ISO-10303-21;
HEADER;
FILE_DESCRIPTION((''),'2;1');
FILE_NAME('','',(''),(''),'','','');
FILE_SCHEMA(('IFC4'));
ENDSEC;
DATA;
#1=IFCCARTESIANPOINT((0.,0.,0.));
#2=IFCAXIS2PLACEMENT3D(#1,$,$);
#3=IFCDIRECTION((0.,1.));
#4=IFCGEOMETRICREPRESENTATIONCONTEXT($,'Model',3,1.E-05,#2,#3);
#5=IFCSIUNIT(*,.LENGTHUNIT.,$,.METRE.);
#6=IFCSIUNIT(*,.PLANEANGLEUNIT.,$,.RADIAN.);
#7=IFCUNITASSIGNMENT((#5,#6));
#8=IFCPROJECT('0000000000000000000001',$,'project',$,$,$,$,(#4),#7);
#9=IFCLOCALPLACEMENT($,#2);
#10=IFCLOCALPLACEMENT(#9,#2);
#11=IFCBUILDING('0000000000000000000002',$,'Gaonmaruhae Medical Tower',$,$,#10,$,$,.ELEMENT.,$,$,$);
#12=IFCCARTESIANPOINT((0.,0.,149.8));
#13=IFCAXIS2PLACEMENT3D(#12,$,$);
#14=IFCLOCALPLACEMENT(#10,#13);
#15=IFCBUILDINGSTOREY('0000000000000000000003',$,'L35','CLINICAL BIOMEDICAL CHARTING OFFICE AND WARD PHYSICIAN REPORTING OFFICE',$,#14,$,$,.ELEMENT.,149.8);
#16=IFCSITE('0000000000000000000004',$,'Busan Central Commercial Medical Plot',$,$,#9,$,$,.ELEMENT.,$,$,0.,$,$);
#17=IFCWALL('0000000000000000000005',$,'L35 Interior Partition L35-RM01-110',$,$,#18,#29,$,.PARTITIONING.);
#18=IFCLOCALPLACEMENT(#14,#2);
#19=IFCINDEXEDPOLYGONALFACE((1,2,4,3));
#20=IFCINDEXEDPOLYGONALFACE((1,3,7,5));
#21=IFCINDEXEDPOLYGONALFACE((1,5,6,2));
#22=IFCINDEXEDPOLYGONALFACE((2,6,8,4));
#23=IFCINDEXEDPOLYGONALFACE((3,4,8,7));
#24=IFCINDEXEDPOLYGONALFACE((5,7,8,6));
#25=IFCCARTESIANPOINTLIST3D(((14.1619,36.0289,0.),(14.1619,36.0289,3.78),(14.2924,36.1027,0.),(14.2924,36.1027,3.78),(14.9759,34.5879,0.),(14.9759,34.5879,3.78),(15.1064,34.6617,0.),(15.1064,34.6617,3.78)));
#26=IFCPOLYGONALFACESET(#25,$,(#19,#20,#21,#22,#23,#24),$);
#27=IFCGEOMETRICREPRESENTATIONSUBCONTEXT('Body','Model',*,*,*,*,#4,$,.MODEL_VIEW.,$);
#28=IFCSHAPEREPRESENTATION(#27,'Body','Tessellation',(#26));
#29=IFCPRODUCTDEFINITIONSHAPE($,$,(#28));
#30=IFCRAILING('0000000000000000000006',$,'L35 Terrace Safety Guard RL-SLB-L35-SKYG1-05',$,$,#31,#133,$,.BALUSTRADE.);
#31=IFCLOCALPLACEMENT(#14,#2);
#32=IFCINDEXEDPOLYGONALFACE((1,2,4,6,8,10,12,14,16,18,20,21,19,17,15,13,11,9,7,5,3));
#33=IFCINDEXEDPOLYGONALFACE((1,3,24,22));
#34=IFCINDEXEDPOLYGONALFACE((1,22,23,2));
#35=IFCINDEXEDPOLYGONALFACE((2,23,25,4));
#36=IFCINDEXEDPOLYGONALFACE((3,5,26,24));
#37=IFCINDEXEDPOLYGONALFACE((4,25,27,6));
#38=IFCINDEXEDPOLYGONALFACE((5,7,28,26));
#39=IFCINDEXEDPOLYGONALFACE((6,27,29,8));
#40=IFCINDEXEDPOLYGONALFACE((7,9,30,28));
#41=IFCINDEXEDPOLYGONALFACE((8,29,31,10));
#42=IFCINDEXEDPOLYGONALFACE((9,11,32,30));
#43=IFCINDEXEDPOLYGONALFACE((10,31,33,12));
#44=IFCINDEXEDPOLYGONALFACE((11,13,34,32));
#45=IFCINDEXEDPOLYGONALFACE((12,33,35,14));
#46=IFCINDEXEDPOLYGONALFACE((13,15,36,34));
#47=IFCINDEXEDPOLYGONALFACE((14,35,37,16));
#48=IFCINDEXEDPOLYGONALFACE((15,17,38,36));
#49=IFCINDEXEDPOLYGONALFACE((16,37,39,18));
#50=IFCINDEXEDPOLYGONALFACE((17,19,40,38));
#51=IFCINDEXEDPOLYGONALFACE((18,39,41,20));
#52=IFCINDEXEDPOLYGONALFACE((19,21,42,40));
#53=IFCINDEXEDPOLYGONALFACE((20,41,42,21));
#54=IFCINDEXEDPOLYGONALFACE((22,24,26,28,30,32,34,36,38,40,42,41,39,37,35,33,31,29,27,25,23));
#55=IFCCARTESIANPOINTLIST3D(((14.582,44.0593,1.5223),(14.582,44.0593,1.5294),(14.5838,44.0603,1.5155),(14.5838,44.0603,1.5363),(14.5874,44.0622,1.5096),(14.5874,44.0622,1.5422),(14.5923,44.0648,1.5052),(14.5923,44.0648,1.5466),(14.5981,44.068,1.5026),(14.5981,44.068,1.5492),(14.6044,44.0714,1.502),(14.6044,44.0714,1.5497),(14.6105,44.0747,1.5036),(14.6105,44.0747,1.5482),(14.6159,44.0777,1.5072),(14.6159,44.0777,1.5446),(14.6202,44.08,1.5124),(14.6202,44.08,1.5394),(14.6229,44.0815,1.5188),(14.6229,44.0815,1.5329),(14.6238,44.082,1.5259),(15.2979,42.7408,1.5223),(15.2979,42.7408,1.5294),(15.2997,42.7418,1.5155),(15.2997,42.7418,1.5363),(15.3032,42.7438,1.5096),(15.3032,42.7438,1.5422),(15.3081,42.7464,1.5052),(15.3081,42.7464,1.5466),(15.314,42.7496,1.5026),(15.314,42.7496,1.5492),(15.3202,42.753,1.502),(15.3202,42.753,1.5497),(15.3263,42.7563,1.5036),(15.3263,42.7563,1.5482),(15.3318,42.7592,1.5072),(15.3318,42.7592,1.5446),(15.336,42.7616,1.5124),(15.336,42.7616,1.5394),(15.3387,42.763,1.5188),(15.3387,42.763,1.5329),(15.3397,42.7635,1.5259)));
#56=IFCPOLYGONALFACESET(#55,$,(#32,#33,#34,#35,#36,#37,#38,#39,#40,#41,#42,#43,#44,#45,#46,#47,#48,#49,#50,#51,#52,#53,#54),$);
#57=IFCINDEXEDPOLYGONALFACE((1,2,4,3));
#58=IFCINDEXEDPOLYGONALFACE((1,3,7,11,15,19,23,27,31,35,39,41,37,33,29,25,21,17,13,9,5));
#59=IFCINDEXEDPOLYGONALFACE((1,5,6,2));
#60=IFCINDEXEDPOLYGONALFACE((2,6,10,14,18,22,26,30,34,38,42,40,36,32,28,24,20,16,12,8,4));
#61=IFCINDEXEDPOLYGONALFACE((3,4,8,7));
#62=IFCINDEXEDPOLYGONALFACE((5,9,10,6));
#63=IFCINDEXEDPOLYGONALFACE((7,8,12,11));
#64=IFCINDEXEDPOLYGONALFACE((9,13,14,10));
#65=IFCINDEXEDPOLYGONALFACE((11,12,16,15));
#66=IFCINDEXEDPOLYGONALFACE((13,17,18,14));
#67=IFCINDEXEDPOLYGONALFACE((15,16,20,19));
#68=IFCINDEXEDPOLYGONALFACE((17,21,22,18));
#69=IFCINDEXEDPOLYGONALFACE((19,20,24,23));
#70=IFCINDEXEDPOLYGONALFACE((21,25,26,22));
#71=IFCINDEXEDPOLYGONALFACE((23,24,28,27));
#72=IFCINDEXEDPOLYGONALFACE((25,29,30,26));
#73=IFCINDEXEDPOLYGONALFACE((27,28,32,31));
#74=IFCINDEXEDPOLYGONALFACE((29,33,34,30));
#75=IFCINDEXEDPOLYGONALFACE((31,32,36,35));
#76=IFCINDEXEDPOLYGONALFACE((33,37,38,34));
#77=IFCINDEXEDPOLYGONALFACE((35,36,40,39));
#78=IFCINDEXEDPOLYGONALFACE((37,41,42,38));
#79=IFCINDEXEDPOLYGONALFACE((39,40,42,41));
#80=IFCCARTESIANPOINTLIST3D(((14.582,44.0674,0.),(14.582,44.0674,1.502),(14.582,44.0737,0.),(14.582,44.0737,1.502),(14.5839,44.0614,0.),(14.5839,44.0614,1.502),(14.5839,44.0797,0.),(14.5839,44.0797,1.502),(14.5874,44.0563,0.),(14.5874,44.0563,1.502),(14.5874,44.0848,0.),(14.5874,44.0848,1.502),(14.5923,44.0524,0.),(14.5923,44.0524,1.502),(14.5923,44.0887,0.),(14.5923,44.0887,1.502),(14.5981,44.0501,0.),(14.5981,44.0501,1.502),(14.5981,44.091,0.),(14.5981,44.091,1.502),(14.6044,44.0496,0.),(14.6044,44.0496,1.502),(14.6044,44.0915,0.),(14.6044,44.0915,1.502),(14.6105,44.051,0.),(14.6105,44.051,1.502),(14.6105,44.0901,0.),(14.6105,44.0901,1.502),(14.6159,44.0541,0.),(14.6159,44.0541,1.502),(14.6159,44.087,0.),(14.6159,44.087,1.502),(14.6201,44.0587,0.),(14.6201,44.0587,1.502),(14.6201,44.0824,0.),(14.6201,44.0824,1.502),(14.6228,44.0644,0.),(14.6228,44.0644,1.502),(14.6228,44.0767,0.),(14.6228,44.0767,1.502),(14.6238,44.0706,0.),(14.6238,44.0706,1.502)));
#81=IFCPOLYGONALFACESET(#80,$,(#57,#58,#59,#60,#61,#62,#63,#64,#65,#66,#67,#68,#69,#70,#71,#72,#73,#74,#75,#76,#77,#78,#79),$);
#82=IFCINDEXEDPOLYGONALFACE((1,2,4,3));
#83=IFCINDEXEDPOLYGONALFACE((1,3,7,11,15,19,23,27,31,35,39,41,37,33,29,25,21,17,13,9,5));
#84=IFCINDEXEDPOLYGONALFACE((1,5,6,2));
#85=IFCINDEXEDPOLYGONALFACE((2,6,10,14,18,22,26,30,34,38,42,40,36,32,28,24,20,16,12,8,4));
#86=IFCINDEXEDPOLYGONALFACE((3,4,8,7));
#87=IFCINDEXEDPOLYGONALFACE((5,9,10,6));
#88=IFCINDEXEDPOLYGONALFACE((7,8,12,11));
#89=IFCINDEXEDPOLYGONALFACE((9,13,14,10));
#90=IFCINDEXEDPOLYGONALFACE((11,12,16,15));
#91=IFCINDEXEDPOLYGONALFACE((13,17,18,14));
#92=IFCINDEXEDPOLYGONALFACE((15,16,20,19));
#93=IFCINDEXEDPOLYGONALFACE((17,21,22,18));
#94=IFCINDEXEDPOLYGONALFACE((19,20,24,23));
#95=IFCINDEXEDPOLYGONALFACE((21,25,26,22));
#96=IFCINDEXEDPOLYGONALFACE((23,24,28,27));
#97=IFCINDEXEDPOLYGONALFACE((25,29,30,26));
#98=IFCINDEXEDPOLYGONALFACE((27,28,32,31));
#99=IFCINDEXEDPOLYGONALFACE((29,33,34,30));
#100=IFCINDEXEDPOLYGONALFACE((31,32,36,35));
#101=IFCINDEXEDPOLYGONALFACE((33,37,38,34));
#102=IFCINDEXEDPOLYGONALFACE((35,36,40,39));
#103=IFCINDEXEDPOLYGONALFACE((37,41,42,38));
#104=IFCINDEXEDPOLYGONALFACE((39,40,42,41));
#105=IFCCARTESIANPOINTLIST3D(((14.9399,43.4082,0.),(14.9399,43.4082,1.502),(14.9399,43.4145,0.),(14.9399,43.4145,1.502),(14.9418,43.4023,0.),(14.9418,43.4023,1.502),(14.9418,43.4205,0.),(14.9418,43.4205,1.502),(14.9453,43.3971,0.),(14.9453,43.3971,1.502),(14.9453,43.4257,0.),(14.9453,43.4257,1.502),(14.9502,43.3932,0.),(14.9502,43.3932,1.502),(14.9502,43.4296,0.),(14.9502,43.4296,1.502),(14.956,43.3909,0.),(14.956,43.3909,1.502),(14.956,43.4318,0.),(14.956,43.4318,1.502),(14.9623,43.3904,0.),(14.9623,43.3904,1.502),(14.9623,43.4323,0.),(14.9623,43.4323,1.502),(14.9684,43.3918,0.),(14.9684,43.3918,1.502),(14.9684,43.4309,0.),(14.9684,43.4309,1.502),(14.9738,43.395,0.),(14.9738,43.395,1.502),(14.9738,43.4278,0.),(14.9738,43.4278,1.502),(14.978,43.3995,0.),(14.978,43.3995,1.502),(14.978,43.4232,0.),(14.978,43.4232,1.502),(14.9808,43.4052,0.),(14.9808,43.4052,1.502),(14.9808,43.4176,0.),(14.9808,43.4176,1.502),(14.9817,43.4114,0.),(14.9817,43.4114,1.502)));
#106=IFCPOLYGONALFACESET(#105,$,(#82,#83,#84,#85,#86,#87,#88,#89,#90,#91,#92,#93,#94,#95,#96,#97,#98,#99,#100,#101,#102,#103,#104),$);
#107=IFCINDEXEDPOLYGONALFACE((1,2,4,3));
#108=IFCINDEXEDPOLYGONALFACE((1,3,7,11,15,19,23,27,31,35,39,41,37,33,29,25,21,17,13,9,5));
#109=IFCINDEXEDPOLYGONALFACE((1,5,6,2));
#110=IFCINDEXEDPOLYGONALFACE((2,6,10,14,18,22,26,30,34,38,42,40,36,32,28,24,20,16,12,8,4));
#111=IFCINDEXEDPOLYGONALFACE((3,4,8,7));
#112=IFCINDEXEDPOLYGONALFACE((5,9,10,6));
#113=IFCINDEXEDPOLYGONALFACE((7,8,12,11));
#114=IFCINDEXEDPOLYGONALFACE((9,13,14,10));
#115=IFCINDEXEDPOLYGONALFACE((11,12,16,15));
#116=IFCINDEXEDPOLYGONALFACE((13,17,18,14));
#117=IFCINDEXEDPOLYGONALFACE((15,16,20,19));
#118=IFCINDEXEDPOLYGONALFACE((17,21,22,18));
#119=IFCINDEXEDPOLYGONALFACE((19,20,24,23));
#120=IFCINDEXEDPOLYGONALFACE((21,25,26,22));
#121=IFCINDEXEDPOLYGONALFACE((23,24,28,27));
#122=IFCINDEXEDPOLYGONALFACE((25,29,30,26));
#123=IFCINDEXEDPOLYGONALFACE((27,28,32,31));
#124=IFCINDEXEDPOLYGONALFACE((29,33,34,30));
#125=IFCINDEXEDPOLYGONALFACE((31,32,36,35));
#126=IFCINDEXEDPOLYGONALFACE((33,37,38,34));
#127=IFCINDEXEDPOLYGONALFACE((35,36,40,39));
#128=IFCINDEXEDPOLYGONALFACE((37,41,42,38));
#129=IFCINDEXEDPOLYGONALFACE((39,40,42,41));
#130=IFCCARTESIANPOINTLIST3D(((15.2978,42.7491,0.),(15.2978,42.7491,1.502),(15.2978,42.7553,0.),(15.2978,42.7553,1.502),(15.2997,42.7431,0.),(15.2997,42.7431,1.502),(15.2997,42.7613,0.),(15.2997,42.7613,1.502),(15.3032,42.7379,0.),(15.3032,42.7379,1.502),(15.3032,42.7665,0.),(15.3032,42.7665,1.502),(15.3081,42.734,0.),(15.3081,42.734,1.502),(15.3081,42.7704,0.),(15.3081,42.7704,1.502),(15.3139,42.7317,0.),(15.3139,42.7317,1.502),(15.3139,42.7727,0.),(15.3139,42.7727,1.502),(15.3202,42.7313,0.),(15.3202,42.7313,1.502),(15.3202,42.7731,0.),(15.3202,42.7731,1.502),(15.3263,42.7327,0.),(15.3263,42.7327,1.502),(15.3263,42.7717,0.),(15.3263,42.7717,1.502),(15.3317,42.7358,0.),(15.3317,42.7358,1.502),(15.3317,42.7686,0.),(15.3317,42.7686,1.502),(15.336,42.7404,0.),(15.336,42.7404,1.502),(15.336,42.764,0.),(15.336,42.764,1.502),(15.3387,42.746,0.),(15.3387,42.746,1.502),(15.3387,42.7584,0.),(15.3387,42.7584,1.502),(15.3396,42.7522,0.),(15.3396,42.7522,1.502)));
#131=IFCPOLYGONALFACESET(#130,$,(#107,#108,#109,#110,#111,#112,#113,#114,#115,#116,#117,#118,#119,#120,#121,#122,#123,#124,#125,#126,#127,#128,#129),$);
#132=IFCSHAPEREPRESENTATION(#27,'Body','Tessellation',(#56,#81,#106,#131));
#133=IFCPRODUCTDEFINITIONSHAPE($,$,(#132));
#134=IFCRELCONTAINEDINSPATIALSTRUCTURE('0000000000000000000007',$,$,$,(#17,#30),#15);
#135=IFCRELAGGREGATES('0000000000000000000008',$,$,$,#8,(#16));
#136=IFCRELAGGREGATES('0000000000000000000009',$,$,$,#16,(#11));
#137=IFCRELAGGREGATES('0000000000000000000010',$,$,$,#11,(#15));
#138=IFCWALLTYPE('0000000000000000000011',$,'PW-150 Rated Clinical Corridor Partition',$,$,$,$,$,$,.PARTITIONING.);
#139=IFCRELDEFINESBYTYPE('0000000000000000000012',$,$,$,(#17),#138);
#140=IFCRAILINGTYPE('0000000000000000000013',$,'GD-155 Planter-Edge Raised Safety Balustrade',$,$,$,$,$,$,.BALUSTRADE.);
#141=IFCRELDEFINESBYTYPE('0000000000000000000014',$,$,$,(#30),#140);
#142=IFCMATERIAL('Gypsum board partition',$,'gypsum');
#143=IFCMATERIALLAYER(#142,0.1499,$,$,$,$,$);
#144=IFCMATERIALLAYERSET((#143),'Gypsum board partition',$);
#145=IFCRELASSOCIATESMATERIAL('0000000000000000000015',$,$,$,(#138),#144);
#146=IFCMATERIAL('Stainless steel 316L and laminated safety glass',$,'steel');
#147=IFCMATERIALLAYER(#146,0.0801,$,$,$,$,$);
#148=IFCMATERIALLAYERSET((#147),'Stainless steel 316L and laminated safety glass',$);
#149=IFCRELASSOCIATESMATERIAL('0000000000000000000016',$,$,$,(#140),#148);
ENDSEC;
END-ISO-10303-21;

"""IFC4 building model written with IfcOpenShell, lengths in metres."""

from ifc_helpers import new_model, si_unit, direction, frame, frame_2d, origin, origin_2d, place, context, subcontext, project, spatial, rectangle, circle, extrude, material, layer, layer_set, type_object, element, save


model = new_model("IFC4")

# Units and contexts
model_context = context("Model", 3, precision=1e-05, world=origin(), true_north=direction((0.0, 1.0)))
body_context = subcontext(model_context, "Body", "Model", "MODEL_VIEW")
ifc_project = project(units=[si_unit("LENGTHUNIT", "METRE"), si_unit("PLANEANGLEUNIT", "RADIAN")], contexts=[model_context])

# Site, building, storey
site_placement = place(None, origin())
site = spatial("IfcSite", under=ifc_project, at=site_placement, Name="Busan Central Commercial Medical Plot", CompositionType="ELEMENT", RefElevation=0.0)
building_placement = place(site_placement, origin())
building = spatial("IfcBuilding", under=site, at=building_placement, Name="Gaonmaruhae Medical Tower", CompositionType="ELEMENT")
storey_placement = place(building_placement, frame((0.0, 0.0, 149.8)))
storey = spatial("IfcBuildingStorey", under=building, at=storey_placement, Name="L35", Description="CLINICAL BIOMEDICAL CHARTING OFFICE AND WARD PHYSICIAN REPORTING OFFICE", CompositionType="ELEMENT", Elevation=149.8)

# Shared definitions
ifc_material_1 = material(Name="Gypsum board partition", Category="gypsum")
ifc_layer_1 = layer(ifc_material_1, 0.1499)
ifc_layer_set_1 = layer_set([ifc_layer_1], Name="Gypsum board partition")
wall_type_1 = type_object("IfcWallType", Name="PW-150 Rated Clinical Corridor Partition", PredefinedType="PARTITIONING", material=ifc_layer_set_1)

# Wall
wall_1_placement = place(storey_placement, frame((14.2271, 36.0659, 0.0), z_axis=(0.0, 0.0, 1.0), x_axis=(0.491843, -0.870684, 0.0)))
element("IfcWall", 1, at=wall_1_placement, inside=storey, type_object=wall_type_1, Name="L35 Interior Partition L35-RM01-110", PredefinedType="PARTITIONING", context=body_context, shape_type="SweptSolid", body=[
    extrude(rectangle(XDim=1.655, YDim=0.1499, at=frame_2d((0.8276, 0.0))), origin(), (0.0, 0.0, 1.0), 3.78),
])

# Railing
ifc_material_2 = material(Name="Stainless steel 316L and laminated safety glass", Category="steel")
ifc_layer_2 = layer(ifc_material_2, 0.0801)
ifc_layer_set_2 = layer_set([ifc_layer_2], Name="Stainless steel 316L and laminated safety glass")
railing_type = type_object("IfcRailingType", Name="GD-155 Planter-Edge Raised Safety Balustrade", PredefinedType="BALUSTRADE", material=ifc_layer_set_2)
railing_1_placement = place(storey_placement, frame((14.6028, 44.0706, 0.0)))
element("IfcRailing", 2, at=railing_1_placement, inside=storey, type_object=railing_type, Name="L35 Terrace Safety Guard RL-SLB-L35-SKYG1-05", PredefinedType="BALUSTRADE", context=body_context, shape_type="SweptSolid", body=[
    extrude(circle(Radius=0.0239, at=origin_2d()), frame((0.0, 0.0, 1.5259), z_axis=(0.477164, -0.878814, 0.0), x_axis=(0.878814, 0.477164, 0.0)), (0.0, 0.0, 1.0), 1.5002),
    extrude(circle(Radius=0.021, at=origin_2d()), origin(), (0.0, 0.0, 1.0), 1.502),
    extrude(circle(Radius=0.021, at=origin_2d()), frame((0.3579, -0.6592, 0.0)), (0.0, 0.0, 1.0), 1.502),
    extrude(circle(Radius=0.021, at=origin_2d()), frame((0.7158, -1.3184, 0.0)), (0.0, 0.0, 1.0), 1.502),
])

save(model, "model.ifc")
